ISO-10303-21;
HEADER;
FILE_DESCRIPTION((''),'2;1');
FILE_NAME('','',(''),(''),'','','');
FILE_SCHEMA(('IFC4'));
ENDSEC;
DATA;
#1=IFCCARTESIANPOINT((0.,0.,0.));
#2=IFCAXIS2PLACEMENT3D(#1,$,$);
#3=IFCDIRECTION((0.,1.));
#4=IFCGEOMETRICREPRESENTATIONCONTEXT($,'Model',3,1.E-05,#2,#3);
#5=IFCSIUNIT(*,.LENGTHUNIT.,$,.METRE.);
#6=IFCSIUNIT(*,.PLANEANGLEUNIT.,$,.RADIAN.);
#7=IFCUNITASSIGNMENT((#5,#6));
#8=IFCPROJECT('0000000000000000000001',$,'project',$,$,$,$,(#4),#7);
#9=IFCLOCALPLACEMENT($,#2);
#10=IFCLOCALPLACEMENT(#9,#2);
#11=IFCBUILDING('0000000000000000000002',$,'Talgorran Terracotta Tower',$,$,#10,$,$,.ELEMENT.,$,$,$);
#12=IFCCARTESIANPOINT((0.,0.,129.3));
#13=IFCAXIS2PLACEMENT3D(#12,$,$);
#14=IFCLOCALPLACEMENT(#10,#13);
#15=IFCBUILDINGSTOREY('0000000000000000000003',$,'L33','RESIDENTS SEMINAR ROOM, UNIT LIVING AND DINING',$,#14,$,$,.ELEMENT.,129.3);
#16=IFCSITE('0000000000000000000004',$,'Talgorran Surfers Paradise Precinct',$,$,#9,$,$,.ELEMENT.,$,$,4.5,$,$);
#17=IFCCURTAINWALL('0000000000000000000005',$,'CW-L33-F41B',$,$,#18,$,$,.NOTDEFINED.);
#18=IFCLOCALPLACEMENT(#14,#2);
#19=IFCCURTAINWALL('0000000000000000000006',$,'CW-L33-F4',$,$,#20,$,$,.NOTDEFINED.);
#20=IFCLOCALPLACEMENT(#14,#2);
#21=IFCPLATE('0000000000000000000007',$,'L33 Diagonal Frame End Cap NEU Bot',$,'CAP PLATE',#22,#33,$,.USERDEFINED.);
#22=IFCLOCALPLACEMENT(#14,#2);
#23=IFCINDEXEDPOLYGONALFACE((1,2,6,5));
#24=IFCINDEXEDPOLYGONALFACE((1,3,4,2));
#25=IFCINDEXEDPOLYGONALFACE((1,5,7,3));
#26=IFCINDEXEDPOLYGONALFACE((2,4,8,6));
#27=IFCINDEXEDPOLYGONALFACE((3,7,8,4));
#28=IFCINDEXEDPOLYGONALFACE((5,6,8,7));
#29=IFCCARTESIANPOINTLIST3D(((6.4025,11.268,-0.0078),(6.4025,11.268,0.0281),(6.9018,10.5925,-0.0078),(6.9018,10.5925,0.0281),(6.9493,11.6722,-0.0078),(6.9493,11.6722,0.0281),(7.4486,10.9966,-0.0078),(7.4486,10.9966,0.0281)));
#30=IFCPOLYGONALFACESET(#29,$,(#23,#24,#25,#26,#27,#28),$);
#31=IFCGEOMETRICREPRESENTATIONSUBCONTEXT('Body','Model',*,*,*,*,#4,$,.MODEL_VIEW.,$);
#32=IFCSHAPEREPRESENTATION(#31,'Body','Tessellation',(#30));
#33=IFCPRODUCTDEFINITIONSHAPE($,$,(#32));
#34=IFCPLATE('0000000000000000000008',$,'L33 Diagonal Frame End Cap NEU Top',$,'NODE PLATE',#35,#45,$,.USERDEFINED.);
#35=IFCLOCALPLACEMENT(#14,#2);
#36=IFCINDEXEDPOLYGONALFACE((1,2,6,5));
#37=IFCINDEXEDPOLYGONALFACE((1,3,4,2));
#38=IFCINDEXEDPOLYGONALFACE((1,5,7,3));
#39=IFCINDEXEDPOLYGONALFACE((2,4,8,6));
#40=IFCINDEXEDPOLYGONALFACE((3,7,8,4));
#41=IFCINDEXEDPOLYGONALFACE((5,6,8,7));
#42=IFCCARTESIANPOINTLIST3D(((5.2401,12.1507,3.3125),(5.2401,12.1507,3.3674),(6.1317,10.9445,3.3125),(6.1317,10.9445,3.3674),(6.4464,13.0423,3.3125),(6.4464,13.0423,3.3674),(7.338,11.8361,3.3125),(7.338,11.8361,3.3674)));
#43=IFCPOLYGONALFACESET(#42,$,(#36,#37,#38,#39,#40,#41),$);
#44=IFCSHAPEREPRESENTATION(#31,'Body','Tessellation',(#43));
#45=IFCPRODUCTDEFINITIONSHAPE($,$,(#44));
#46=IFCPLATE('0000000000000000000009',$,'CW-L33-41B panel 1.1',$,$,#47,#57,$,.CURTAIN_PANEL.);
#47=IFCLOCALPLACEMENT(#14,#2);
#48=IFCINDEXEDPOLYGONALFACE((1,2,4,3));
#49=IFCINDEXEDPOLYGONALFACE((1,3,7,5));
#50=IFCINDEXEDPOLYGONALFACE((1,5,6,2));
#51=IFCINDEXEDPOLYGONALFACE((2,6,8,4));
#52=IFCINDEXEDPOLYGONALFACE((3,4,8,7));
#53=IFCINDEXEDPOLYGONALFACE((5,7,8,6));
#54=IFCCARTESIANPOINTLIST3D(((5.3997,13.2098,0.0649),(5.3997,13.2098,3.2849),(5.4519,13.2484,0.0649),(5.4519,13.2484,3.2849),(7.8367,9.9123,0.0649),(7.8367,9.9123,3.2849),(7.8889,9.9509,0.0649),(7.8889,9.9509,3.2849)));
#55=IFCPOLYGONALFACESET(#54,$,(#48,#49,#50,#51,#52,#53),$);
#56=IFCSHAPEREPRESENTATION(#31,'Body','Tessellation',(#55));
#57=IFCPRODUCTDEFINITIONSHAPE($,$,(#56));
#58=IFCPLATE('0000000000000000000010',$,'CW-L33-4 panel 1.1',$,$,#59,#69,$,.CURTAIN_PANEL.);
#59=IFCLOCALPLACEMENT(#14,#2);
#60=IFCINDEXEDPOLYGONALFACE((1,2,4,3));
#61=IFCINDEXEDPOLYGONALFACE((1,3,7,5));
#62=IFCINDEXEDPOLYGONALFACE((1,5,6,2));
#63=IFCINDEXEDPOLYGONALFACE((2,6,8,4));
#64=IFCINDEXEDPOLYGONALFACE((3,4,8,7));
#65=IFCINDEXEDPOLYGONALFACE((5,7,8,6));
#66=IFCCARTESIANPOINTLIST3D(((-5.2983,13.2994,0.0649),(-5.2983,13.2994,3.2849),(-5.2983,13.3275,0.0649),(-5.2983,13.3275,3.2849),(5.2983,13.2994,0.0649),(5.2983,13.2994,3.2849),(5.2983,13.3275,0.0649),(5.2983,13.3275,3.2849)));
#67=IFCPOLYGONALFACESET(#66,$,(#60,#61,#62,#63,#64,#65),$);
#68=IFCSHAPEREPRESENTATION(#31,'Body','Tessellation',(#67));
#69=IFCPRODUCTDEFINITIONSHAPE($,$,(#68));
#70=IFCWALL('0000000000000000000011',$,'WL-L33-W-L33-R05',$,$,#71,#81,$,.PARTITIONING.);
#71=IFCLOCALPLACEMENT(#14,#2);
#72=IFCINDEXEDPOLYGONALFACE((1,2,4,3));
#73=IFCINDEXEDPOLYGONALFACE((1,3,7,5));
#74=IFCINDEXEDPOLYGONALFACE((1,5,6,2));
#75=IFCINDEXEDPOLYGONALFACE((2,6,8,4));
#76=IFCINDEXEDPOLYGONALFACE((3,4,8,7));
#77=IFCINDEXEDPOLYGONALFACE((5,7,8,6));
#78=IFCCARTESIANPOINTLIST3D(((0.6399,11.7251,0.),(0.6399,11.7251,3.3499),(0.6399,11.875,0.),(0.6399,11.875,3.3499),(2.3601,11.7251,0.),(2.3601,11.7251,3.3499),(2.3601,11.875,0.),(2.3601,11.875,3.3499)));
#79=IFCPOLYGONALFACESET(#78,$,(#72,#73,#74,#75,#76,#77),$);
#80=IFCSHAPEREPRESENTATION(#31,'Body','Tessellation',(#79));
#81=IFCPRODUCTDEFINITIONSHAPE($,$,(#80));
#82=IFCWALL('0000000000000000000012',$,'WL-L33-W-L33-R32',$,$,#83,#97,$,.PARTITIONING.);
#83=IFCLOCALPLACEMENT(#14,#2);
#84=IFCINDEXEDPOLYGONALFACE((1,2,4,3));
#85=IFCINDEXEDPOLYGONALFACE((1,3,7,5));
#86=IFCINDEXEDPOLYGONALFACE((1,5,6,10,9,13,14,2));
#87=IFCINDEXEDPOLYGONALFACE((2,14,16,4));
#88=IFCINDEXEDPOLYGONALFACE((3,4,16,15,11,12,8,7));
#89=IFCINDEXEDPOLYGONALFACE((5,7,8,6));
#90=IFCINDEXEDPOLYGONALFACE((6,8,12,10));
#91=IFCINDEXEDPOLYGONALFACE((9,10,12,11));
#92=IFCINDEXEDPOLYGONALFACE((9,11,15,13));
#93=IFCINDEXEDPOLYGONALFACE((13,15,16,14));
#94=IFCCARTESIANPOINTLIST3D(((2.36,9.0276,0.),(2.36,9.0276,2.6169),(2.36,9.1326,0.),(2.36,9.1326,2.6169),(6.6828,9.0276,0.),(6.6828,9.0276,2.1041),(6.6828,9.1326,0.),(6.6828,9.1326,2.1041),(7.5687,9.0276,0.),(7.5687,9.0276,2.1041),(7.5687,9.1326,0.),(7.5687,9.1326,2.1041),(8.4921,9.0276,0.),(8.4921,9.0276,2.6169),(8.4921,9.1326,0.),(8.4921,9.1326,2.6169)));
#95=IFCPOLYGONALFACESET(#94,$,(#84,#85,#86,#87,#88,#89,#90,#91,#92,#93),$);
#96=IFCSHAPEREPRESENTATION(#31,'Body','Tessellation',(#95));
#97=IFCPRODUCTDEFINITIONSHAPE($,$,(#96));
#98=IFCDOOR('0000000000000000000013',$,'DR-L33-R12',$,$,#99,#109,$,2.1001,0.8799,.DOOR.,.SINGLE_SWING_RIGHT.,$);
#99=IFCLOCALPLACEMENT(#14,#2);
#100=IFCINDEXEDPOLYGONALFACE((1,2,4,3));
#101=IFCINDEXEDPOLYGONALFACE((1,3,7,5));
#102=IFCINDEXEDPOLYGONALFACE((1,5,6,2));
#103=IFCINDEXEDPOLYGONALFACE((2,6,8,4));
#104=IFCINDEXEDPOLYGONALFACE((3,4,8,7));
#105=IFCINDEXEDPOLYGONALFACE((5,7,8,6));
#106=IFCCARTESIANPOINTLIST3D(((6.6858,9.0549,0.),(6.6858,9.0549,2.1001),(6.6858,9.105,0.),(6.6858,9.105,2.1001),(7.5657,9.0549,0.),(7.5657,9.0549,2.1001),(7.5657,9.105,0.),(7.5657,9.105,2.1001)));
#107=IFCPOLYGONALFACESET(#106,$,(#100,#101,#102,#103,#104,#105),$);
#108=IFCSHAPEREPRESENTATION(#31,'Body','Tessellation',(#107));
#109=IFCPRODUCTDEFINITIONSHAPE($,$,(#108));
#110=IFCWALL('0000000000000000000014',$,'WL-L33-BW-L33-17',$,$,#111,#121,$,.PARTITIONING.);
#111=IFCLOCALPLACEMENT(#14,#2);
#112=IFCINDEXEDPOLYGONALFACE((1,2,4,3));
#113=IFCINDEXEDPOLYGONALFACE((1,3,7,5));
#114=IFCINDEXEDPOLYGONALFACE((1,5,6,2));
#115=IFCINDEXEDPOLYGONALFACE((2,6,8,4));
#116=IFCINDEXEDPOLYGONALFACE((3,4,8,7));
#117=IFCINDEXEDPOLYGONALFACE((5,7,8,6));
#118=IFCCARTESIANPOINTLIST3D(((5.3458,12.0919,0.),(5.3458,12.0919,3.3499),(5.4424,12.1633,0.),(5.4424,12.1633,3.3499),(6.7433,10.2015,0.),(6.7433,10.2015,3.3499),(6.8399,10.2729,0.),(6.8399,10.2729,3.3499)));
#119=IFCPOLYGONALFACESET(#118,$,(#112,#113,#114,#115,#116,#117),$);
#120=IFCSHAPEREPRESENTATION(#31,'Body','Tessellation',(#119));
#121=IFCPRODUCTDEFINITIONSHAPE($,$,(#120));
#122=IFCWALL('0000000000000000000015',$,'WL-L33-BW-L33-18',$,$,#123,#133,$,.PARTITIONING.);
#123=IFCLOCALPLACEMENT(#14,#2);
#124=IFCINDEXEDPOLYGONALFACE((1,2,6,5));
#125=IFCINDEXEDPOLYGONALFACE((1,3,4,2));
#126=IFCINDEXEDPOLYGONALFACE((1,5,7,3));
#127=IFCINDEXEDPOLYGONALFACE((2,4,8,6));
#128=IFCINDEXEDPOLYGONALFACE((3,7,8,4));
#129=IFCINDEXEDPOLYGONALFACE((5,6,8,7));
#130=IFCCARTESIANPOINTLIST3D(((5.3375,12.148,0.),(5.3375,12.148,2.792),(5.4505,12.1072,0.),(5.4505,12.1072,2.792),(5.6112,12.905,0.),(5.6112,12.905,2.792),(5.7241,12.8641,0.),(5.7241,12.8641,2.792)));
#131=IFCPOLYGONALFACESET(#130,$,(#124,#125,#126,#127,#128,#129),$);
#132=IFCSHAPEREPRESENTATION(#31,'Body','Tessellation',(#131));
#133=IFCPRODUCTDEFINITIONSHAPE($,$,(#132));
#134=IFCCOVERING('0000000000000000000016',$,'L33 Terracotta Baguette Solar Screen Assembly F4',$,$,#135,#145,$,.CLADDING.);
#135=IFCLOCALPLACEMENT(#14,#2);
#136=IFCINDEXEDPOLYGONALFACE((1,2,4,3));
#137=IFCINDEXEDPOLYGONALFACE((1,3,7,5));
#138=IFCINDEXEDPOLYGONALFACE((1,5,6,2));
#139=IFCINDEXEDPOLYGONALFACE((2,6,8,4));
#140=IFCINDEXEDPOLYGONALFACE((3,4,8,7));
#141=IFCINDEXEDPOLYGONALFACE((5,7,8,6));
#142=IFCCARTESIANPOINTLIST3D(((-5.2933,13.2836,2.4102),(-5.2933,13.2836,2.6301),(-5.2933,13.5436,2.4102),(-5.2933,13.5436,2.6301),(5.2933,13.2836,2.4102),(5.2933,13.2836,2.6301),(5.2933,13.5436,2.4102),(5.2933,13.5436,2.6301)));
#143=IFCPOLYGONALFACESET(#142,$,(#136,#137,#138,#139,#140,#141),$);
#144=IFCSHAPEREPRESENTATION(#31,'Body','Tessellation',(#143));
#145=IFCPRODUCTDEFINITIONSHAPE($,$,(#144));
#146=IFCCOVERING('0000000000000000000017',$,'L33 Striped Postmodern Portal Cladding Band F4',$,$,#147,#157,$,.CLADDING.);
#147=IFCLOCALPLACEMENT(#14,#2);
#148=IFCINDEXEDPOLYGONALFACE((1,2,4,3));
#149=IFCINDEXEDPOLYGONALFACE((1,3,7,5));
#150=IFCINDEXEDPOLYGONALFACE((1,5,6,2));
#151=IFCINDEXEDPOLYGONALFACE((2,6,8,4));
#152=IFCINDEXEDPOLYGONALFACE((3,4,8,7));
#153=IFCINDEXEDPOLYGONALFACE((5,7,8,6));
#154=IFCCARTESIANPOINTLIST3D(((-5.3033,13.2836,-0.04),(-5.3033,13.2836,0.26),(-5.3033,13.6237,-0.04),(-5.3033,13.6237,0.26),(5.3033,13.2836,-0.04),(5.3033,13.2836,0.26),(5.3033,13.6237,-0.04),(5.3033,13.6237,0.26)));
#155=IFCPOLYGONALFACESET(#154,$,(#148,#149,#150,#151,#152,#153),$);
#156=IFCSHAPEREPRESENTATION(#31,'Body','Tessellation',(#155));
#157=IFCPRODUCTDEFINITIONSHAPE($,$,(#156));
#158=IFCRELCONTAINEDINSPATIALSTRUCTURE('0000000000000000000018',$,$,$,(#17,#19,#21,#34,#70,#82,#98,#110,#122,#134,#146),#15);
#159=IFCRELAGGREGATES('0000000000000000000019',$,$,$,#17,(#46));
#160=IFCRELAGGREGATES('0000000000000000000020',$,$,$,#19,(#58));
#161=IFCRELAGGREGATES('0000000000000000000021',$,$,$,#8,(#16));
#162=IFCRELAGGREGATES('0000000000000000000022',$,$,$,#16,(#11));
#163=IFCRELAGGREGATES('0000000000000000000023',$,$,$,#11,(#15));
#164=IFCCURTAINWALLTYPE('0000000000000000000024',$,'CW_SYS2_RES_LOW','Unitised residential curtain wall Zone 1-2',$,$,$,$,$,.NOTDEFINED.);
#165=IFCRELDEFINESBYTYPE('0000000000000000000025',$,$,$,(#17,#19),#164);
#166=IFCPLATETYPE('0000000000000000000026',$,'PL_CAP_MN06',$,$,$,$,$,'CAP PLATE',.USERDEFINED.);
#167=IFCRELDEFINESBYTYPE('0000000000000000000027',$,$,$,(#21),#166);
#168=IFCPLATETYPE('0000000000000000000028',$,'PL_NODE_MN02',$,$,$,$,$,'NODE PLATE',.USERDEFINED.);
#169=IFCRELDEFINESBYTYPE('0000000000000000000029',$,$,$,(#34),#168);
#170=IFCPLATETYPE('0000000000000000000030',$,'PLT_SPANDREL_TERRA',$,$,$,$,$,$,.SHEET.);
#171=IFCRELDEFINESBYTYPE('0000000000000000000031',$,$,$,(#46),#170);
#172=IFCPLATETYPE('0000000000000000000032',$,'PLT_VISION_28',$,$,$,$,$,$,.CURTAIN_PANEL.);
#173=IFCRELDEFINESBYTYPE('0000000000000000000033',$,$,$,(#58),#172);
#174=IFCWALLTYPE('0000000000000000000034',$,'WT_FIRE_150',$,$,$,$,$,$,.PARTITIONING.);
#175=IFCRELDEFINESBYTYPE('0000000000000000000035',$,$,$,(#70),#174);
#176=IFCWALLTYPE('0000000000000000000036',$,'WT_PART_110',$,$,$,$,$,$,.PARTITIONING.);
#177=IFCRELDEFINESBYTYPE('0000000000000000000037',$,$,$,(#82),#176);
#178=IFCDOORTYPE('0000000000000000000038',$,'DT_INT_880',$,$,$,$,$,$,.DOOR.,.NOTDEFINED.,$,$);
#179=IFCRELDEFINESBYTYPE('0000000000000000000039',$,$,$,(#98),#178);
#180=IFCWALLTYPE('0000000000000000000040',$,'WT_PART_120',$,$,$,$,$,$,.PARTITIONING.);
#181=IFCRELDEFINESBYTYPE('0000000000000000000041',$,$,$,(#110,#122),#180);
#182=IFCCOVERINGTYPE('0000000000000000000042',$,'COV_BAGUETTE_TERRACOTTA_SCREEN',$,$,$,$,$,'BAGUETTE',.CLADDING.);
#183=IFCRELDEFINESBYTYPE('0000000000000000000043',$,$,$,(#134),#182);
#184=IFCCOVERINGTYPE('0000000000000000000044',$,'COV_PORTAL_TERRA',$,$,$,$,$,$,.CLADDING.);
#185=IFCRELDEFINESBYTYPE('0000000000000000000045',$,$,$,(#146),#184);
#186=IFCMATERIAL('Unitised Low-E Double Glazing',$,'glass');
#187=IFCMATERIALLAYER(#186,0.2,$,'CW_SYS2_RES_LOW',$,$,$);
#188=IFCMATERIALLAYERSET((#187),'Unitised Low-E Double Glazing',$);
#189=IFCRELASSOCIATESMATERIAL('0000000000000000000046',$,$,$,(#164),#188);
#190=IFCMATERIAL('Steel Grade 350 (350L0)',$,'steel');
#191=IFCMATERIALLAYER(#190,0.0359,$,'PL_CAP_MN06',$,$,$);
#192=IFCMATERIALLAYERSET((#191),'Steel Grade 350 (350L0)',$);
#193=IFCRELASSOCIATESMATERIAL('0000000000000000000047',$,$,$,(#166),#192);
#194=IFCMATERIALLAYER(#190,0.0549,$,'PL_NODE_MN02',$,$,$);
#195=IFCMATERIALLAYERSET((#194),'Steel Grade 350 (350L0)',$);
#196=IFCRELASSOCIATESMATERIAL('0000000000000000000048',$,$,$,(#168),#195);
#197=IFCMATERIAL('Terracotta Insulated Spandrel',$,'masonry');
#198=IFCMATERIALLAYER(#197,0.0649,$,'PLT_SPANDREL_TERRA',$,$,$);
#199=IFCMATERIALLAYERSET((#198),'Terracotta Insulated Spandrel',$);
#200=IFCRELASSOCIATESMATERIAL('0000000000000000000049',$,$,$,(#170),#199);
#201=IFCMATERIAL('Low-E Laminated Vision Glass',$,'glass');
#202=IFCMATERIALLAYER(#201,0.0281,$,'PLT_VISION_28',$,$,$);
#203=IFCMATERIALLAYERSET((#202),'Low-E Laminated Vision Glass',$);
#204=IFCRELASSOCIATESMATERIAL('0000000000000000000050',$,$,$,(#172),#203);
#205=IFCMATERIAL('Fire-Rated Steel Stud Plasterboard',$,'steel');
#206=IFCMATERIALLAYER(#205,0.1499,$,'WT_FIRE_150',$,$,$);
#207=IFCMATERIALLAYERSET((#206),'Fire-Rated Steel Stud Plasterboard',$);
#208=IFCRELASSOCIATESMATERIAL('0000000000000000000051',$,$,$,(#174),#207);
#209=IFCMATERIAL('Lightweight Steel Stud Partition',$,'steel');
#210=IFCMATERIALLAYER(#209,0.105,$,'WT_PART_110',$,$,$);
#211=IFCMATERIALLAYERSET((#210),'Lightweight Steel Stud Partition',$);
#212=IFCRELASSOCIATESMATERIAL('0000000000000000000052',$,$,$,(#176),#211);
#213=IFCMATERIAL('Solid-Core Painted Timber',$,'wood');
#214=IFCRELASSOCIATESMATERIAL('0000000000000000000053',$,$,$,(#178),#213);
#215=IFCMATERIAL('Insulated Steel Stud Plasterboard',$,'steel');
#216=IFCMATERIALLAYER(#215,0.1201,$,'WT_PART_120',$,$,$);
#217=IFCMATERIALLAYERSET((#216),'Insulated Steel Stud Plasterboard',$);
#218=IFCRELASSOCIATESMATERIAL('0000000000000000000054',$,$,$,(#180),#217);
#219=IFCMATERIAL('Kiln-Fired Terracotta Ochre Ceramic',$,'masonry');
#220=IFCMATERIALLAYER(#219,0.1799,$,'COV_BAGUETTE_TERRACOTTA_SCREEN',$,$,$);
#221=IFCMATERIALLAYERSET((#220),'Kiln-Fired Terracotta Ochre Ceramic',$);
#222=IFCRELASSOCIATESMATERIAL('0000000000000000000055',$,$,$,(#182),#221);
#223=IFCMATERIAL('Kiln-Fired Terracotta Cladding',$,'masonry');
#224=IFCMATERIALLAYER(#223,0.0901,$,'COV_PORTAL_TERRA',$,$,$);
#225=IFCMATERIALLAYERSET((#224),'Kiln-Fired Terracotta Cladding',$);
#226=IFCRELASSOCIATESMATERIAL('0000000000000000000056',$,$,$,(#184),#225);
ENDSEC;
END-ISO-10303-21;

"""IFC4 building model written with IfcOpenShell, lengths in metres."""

from ifc_helpers import new_model, si_unit, direction, frame, frame_2d, origin, origin_2d, place, context, subcontext, project, spatial, rectangle, extrude, source, transform, mapped, material, layer, layer_set, type_object, type_shapes, element, fill, aggregate, save


model = new_model("IFC4")

# Units and contexts
model_context = context("Model", 3, precision=1e-05, world=origin(), true_north=direction((0.0, 1.0)))
body_context = subcontext(model_context, "Body", "Model", "MODEL_VIEW")
ifc_project = project(units=[si_unit("LENGTHUNIT", "METRE"), si_unit("PLANEANGLEUNIT", "RADIAN")], contexts=[model_context])

# Site, building, storey
site_placement = place(None, origin())
site = spatial("IfcSite", under=ifc_project, at=site_placement, Name="Talgorran Surfers Paradise Precinct", CompositionType="ELEMENT", RefElevation=4.5)
building_placement = place(site_placement, origin())
building = spatial("IfcBuilding", under=site, at=building_placement, Name="Talgorran Terracotta Tower", CompositionType="ELEMENT")
storey_placement = place(building_placement, frame((0.0, 0.0, 129.3)))
storey = spatial("IfcBuildingStorey", under=building, at=storey_placement, Name="L33", Description="RESIDENTS SEMINAR ROOM, UNIT LIVING AND DINING", CompositionType="ELEMENT", Elevation=129.3)

# Shared definitions
ifc_material_1 = material(Name="Steel Grade 350 (350L0)", Category="steel")

# Curtain wall
ifc_material_2 = material(Name="Unitised Low-E Double Glazing", Category="glass")
ifc_layer_1 = layer(ifc_material_2, 0.2, Name="CW_SYS2_RES_LOW")
ifc_layer_set_1 = layer_set([ifc_layer_1], Name="Unitised Low-E Double Glazing")
curtain_wall_type = type_object("IfcCurtainWallType", Name="CW_SYS2_RES_LOW", Description="Unitised residential curtain wall Zone 1-2", PredefinedType="NOTDEFINED", material=ifc_layer_set_1)
curtain_wall_1_placement = place(storey_placement, origin())
curtain_wall_1 = element("IfcCurtainWall", 1, at=curtain_wall_1_placement, inside=storey, type_object=curtain_wall_type, Name="CW-L33-F41B", PredefinedType="NOTDEFINED")

# Curtain wall
curtain_wall_2_placement = place(storey_placement, origin())
curtain_wall_2 = element("IfcCurtainWall", 2, at=curtain_wall_2_placement, inside=storey, type_object=curtain_wall_type, Name="CW-L33-F4", PredefinedType="NOTDEFINED")

# Plates
ifc_layer_2 = layer(ifc_material_1, 0.0359, Name="PL_CAP_MN06")
ifc_layer_set_2 = layer_set([ifc_layer_2], Name="Steel Grade 350 (350L0)")
plate_type_1 = type_object("IfcPlateType", Name="PL_CAP_MN06", ElementType="CAP PLATE", PredefinedType="USERDEFINED", material=ifc_layer_set_2)
plate_1_placement = place(storey_placement, frame((6.9255, 11.1323, -0.0078), z_axis=(0.0, 0.0, 1.0), x_axis=(-0.594402, 0.804168, 0.0)))
element("IfcPlate", 3, at=plate_1_placement, inside=storey, type_object=plate_type_1, Name="L33 Diagonal Frame End Cap NEU Bot", ObjectType="CAP PLATE", PredefinedType="USERDEFINED", context=body_context, shape_type="SweptSolid", body=[
    extrude(rectangle(XDim=0.8401, YDim=0.6799, at=origin_2d()), origin(), (0.0, 0.0, 1.0), 0.0359),
])
ifc_layer_3 = layer(ifc_material_1, 0.0549, Name="PL_NODE_MN02")
ifc_layer_set_3 = layer_set([ifc_layer_3], Name="Steel Grade 350 (350L0)")
plate_type_2 = type_object("IfcPlateType", Name="PL_NODE_MN02", ElementType="NODE PLATE", PredefinedType="USERDEFINED", material=ifc_layer_set_3)
plate_2_placement = place(storey_placement, frame((6.2891, 11.9934, 3.3125), z_axis=(0.0, 0.0, 1.0), x_axis=(-0.594402, 0.804168, 0.0)))
element("IfcPlate", 4, at=plate_2_placement, inside=storey, type_object=plate_type_2, Name="L33 Diagonal Frame End Cap NEU Top", ObjectType="NODE PLATE", PredefinedType="USERDEFINED", context=body_context, shape_type="SweptSolid", body=[
    extrude(rectangle(XDim=1.5, YDim=1.5, at=origin_2d()), origin(), (0.0, 0.0, 1.0), 0.0549),
])

# Plates
ifc_material_3 = material(Name="Terracotta Insulated Spandrel", Category="masonry")
ifc_layer_4 = layer(ifc_material_3, 0.0649, Name="PLT_SPANDREL_TERRA")
ifc_layer_set_4 = layer_set([ifc_layer_4], Name="Terracotta Insulated Spandrel")
plate_type_3 = type_object("IfcPlateType", Name="PLT_SPANDREL_TERRA", PredefinedType="SHEET", material=ifc_layer_set_4)
shared_shape_1 = source(origin(), body_context, "Body", "SweptSolid", [
    extrude(rectangle(XDim=4.1003, YDim=0.0649, at=origin_2d()), origin(), (0.0, 0.0, 1.0), 3.22),
])
type_shapes(plate_type_3, [shared_shape_1])
plate_3_placement = place(storey_placement, frame((6.6443, 11.5803, 0.0649), z_axis=(0.0, 0.0, 1.0), x_axis=(-0.594346, 0.80421, 0.0)))
plate_3 = element("IfcPlate", 5, at=plate_3_placement, type_object=plate_type_3, Name="CW-L33-41B panel 1.1", PredefinedType="CURTAIN_PANEL", context=body_context, shape_type="MappedRepresentation", body=[
    mapped(shared_shape_1, transform((0.0, 0.0, 0.0), scale=1.0)),
])
aggregate(curtain_wall_1, [plate_3])
ifc_material_4 = material(Name="Low-E Laminated Vision Glass", Category="glass")
ifc_layer_5 = layer(ifc_material_4, 0.0281, Name="PLT_VISION_28")
ifc_layer_set_5 = layer_set([ifc_layer_5], Name="Low-E Laminated Vision Glass")
plate_type_4 = type_object("IfcPlateType", Name="PLT_VISION_28", PredefinedType="CURTAIN_PANEL", material=ifc_layer_set_5)
shared_shape_2 = source(origin(), body_context, "Body", "SweptSolid", [
    extrude(rectangle(XDim=10.5967, YDim=0.0281, at=origin_2d()), origin(), (0.0, 0.0, 1.0), 3.22),
])
type_shapes(plate_type_4, [shared_shape_2])
plate_4_placement = place(storey_placement, frame((0.0, 13.3135, 0.0649), z_axis=(0.0, 0.0, 1.0), x_axis=(-1.0, 0.0, 0.0)))
plate_4 = element("IfcPlate", 6, at=plate_4_placement, type_object=plate_type_4, Name="CW-L33-4 panel 1.1", PredefinedType="CURTAIN_PANEL", context=body_context, shape_type="MappedRepresentation", body=[
    mapped(shared_shape_2, transform((0.0, 0.0, 0.0), scale=1.0)),
])
aggregate(curtain_wall_2, [plate_4])

# Wall
ifc_material_5 = material(Name="Fire-Rated Steel Stud Plasterboard", Category="steel")
ifc_layer_6 = layer(ifc_material_5, 0.1499, Name="WT_FIRE_150")
ifc_layer_set_6 = layer_set([ifc_layer_6], Name="Fire-Rated Steel Stud Plasterboard")
wall_type_1 = type_object("IfcWallType", Name="WT_FIRE_150", PredefinedType="PARTITIONING", material=ifc_layer_set_6)
wall_1_placement = place(storey_placement, frame((0.6399, 11.8, 0.0), z_axis=(0.0, 0.0, 1.0), x_axis=(1.0, 0.0, 0.0)))
element("IfcWall", 7, at=wall_1_placement, inside=storey, type_object=wall_type_1, Name="WL-L33-W-L33-R05", PredefinedType="PARTITIONING", context=body_context, shape_type="SweptSolid", body=[
    extrude(rectangle(XDim=1.7202, YDim=0.1499, at=frame_2d((0.8601, 0.0))), origin(), (0.0, 0.0, 1.0), 3.3499),
])

# Wall, opening, door
ifc_material_6 = material(Name="Lightweight Steel Stud Partition", Category="steel")
ifc_layer_7 = layer(ifc_material_6, 0.105, Name="WT_PART_110")
ifc_layer_set_7 = layer_set([ifc_layer_7], Name="Lightweight Steel Stud Partition")
wall_type_2 = type_object("IfcWallType", Name="WT_PART_110", PredefinedType="PARTITIONING", material=ifc_layer_set_7)
wall_2_placement = place(storey_placement, frame((2.3601, 9.0801, 0.0), z_axis=(0.0, 0.0, 1.0), x_axis=(1.0, 0.0, 0.0)))
wall_2 = element("IfcWall", 8, at=wall_2_placement, inside=storey, type_object=wall_type_2, Name="WL-L33-W-L33-R32", PredefinedType="PARTITIONING", context=body_context, shape_type="SweptSolid", body=[
    extrude(rectangle(XDim=6.1321, YDim=0.105, at=frame_2d((3.0659, 0.0))), origin(), (0.0, 0.0, 1.0), 2.6169),
])
opening_placement = place(wall_2_placement, frame((4.3257, 0.0, 0.0)))
opening = element("IfcOpeningElement", 9, at=opening_placement, cuts=wall_2, PredefinedType="OPENING", context=body_context, shape_type="SweptSolid", body=[
    extrude(rectangle(XDim=0.8859, YDim=2.1041, at=frame_2d((0.4399, 1.052))), frame((0.0, 0.0625, 0.0), z_axis=(0.0, -1.0, 0.0), x_axis=(1.0, 0.0, 0.0)), (0.0, 0.0, 1.0), 0.125),
])
ifc_material_7 = material(Name="Solid-Core Painted Timber", Category="wood")
door_type = type_object("IfcDoorType", Name="DT_INT_880", OperationType="NOTDEFINED", PredefinedType="DOOR", material=ifc_material_7)
door_placement = place(opening_placement, origin())
door = element("IfcDoor", 10, at=door_placement, inside=storey, type_object=door_type, Name="DR-L33-R12", OperationType="SINGLE_SWING_RIGHT", OverallHeight=2.1001, OverallWidth=0.8799, PredefinedType="DOOR", context=body_context, shape_type="SweptSolid", body=[
    extrude(rectangle(XDim=0.8799, YDim=2.1001, at=frame_2d((0.4399, 1.05))), frame((0.0, 0.0249, 0.0), z_axis=(0.0, -1.0, 0.0), x_axis=(1.0, 0.0, 0.0)), (0.0, 0.0, 1.0), 0.05),
])
fill(opening, door)

# Walls
ifc_material_8 = material(Name="Insulated Steel Stud Plasterboard", Category="steel")
ifc_layer_8 = layer(ifc_material_8, 0.1201, Name="WT_PART_120")
ifc_layer_set_8 = layer_set([ifc_layer_8], Name="Insulated Steel Stud Plasterboard")
wall_type_3 = type_object("IfcWallType", Name="WT_PART_120", PredefinedType="PARTITIONING", material=ifc_layer_set_8)
wall_3_placement = place(storey_placement, frame((6.7915, 10.2373, 0.0), z_axis=(0.0, 0.0, 1.0), x_axis=(-0.594452, 0.804131, 0.0)))
element("IfcWall", 11, at=wall_3_placement, inside=storey, type_object=wall_type_3, Name="WL-L33-BW-L33-17", PredefinedType="PARTITIONING", context=body_context, shape_type="SweptSolid", body=[
    extrude(rectangle(XDim=2.3508, YDim=0.1201, at=frame_2d((1.1753, 0.0))), origin(), (0.0, 0.0, 1.0), 3.3499),
])
wall_4_placement = place(storey_placement, frame((5.394, 12.1277, 0.0), z_axis=(0.0, 0.0, 1.0), x_axis=(0.339965, 0.940438, 0.0)))
element("IfcWall", 12, at=wall_4_placement, inside=storey, type_object=wall_type_3, Name="WL-L33-BW-L33-18", PredefinedType="PARTITIONING", context=body_context, shape_type="SweptSolid", body=[
    extrude(rectangle(XDim=0.8049, YDim=0.1201, at=frame_2d((0.4023, 0.0))), origin(), (0.0, 0.0, 1.0), 2.792),
])

# Coverings
ifc_material_9 = material(Name="Kiln-Fired Terracotta Ochre Ceramic", Category="masonry")
ifc_layer_9 = layer(ifc_material_9, 0.1799, Name="COV_BAGUETTE_TERRACOTTA_SCREEN")
ifc_layer_set_9 = layer_set([ifc_layer_9], Name="Kiln-Fired Terracotta Ochre Ceramic")
covering_type_1 = type_object("IfcCoveringType", Name="COV_BAGUETTE_TERRACOTTA_SCREEN", ElementType="BAGUETTE", PredefinedType="CLADDING", material=ifc_layer_set_9)
covering_1_placement = place(storey_placement, frame((0.0, 13.4136, 2.4102), z_axis=(0.0, 0.0, 1.0), x_axis=(-1.0, 0.0, 0.0)))
element("IfcCovering", 13, at=covering_1_placement, inside=storey, type_object=covering_type_1, Name="L33 Terracotta Baguette Solar Screen Assembly F4", PredefinedType="CLADDING", context=body_context, shape_type="SweptSolid", body=[
    extrude(rectangle(XDim=10.5867, YDim=0.26, at=origin_2d()), origin(), (0.0, 0.0, 1.0), 0.22),
])
ifc_material_10 = material(Name="Kiln-Fired Terracotta Cladding", Category="masonry")
ifc_layer_10 = layer(ifc_material_10, 0.0901, Name="COV_PORTAL_TERRA")
ifc_layer_set_10 = layer_set([ifc_layer_10], Name="Kiln-Fired Terracotta Cladding")
covering_type_2 = type_object("IfcCoveringType", Name="COV_PORTAL_TERRA", PredefinedType="CLADDING", material=ifc_layer_set_10)
covering_2_placement = place(storey_placement, frame((0.0, 13.4536, -0.04), z_axis=(0.0, 0.0, 1.0), x_axis=(-1.0, 0.0, 0.0)))
element("IfcCovering", 14, at=covering_2_placement, inside=storey, type_object=covering_type_2, Name="L33 Striped Postmodern Portal Cladding Band F4", PredefinedType="CLADDING", context=body_context, shape_type="SweptSolid", body=[
    extrude(rectangle(XDim=10.6067, YDim=0.3401, at=origin_2d()), origin(), (0.0, 0.0, 1.0), 0.3),
])

save(model, "model.ifc")
